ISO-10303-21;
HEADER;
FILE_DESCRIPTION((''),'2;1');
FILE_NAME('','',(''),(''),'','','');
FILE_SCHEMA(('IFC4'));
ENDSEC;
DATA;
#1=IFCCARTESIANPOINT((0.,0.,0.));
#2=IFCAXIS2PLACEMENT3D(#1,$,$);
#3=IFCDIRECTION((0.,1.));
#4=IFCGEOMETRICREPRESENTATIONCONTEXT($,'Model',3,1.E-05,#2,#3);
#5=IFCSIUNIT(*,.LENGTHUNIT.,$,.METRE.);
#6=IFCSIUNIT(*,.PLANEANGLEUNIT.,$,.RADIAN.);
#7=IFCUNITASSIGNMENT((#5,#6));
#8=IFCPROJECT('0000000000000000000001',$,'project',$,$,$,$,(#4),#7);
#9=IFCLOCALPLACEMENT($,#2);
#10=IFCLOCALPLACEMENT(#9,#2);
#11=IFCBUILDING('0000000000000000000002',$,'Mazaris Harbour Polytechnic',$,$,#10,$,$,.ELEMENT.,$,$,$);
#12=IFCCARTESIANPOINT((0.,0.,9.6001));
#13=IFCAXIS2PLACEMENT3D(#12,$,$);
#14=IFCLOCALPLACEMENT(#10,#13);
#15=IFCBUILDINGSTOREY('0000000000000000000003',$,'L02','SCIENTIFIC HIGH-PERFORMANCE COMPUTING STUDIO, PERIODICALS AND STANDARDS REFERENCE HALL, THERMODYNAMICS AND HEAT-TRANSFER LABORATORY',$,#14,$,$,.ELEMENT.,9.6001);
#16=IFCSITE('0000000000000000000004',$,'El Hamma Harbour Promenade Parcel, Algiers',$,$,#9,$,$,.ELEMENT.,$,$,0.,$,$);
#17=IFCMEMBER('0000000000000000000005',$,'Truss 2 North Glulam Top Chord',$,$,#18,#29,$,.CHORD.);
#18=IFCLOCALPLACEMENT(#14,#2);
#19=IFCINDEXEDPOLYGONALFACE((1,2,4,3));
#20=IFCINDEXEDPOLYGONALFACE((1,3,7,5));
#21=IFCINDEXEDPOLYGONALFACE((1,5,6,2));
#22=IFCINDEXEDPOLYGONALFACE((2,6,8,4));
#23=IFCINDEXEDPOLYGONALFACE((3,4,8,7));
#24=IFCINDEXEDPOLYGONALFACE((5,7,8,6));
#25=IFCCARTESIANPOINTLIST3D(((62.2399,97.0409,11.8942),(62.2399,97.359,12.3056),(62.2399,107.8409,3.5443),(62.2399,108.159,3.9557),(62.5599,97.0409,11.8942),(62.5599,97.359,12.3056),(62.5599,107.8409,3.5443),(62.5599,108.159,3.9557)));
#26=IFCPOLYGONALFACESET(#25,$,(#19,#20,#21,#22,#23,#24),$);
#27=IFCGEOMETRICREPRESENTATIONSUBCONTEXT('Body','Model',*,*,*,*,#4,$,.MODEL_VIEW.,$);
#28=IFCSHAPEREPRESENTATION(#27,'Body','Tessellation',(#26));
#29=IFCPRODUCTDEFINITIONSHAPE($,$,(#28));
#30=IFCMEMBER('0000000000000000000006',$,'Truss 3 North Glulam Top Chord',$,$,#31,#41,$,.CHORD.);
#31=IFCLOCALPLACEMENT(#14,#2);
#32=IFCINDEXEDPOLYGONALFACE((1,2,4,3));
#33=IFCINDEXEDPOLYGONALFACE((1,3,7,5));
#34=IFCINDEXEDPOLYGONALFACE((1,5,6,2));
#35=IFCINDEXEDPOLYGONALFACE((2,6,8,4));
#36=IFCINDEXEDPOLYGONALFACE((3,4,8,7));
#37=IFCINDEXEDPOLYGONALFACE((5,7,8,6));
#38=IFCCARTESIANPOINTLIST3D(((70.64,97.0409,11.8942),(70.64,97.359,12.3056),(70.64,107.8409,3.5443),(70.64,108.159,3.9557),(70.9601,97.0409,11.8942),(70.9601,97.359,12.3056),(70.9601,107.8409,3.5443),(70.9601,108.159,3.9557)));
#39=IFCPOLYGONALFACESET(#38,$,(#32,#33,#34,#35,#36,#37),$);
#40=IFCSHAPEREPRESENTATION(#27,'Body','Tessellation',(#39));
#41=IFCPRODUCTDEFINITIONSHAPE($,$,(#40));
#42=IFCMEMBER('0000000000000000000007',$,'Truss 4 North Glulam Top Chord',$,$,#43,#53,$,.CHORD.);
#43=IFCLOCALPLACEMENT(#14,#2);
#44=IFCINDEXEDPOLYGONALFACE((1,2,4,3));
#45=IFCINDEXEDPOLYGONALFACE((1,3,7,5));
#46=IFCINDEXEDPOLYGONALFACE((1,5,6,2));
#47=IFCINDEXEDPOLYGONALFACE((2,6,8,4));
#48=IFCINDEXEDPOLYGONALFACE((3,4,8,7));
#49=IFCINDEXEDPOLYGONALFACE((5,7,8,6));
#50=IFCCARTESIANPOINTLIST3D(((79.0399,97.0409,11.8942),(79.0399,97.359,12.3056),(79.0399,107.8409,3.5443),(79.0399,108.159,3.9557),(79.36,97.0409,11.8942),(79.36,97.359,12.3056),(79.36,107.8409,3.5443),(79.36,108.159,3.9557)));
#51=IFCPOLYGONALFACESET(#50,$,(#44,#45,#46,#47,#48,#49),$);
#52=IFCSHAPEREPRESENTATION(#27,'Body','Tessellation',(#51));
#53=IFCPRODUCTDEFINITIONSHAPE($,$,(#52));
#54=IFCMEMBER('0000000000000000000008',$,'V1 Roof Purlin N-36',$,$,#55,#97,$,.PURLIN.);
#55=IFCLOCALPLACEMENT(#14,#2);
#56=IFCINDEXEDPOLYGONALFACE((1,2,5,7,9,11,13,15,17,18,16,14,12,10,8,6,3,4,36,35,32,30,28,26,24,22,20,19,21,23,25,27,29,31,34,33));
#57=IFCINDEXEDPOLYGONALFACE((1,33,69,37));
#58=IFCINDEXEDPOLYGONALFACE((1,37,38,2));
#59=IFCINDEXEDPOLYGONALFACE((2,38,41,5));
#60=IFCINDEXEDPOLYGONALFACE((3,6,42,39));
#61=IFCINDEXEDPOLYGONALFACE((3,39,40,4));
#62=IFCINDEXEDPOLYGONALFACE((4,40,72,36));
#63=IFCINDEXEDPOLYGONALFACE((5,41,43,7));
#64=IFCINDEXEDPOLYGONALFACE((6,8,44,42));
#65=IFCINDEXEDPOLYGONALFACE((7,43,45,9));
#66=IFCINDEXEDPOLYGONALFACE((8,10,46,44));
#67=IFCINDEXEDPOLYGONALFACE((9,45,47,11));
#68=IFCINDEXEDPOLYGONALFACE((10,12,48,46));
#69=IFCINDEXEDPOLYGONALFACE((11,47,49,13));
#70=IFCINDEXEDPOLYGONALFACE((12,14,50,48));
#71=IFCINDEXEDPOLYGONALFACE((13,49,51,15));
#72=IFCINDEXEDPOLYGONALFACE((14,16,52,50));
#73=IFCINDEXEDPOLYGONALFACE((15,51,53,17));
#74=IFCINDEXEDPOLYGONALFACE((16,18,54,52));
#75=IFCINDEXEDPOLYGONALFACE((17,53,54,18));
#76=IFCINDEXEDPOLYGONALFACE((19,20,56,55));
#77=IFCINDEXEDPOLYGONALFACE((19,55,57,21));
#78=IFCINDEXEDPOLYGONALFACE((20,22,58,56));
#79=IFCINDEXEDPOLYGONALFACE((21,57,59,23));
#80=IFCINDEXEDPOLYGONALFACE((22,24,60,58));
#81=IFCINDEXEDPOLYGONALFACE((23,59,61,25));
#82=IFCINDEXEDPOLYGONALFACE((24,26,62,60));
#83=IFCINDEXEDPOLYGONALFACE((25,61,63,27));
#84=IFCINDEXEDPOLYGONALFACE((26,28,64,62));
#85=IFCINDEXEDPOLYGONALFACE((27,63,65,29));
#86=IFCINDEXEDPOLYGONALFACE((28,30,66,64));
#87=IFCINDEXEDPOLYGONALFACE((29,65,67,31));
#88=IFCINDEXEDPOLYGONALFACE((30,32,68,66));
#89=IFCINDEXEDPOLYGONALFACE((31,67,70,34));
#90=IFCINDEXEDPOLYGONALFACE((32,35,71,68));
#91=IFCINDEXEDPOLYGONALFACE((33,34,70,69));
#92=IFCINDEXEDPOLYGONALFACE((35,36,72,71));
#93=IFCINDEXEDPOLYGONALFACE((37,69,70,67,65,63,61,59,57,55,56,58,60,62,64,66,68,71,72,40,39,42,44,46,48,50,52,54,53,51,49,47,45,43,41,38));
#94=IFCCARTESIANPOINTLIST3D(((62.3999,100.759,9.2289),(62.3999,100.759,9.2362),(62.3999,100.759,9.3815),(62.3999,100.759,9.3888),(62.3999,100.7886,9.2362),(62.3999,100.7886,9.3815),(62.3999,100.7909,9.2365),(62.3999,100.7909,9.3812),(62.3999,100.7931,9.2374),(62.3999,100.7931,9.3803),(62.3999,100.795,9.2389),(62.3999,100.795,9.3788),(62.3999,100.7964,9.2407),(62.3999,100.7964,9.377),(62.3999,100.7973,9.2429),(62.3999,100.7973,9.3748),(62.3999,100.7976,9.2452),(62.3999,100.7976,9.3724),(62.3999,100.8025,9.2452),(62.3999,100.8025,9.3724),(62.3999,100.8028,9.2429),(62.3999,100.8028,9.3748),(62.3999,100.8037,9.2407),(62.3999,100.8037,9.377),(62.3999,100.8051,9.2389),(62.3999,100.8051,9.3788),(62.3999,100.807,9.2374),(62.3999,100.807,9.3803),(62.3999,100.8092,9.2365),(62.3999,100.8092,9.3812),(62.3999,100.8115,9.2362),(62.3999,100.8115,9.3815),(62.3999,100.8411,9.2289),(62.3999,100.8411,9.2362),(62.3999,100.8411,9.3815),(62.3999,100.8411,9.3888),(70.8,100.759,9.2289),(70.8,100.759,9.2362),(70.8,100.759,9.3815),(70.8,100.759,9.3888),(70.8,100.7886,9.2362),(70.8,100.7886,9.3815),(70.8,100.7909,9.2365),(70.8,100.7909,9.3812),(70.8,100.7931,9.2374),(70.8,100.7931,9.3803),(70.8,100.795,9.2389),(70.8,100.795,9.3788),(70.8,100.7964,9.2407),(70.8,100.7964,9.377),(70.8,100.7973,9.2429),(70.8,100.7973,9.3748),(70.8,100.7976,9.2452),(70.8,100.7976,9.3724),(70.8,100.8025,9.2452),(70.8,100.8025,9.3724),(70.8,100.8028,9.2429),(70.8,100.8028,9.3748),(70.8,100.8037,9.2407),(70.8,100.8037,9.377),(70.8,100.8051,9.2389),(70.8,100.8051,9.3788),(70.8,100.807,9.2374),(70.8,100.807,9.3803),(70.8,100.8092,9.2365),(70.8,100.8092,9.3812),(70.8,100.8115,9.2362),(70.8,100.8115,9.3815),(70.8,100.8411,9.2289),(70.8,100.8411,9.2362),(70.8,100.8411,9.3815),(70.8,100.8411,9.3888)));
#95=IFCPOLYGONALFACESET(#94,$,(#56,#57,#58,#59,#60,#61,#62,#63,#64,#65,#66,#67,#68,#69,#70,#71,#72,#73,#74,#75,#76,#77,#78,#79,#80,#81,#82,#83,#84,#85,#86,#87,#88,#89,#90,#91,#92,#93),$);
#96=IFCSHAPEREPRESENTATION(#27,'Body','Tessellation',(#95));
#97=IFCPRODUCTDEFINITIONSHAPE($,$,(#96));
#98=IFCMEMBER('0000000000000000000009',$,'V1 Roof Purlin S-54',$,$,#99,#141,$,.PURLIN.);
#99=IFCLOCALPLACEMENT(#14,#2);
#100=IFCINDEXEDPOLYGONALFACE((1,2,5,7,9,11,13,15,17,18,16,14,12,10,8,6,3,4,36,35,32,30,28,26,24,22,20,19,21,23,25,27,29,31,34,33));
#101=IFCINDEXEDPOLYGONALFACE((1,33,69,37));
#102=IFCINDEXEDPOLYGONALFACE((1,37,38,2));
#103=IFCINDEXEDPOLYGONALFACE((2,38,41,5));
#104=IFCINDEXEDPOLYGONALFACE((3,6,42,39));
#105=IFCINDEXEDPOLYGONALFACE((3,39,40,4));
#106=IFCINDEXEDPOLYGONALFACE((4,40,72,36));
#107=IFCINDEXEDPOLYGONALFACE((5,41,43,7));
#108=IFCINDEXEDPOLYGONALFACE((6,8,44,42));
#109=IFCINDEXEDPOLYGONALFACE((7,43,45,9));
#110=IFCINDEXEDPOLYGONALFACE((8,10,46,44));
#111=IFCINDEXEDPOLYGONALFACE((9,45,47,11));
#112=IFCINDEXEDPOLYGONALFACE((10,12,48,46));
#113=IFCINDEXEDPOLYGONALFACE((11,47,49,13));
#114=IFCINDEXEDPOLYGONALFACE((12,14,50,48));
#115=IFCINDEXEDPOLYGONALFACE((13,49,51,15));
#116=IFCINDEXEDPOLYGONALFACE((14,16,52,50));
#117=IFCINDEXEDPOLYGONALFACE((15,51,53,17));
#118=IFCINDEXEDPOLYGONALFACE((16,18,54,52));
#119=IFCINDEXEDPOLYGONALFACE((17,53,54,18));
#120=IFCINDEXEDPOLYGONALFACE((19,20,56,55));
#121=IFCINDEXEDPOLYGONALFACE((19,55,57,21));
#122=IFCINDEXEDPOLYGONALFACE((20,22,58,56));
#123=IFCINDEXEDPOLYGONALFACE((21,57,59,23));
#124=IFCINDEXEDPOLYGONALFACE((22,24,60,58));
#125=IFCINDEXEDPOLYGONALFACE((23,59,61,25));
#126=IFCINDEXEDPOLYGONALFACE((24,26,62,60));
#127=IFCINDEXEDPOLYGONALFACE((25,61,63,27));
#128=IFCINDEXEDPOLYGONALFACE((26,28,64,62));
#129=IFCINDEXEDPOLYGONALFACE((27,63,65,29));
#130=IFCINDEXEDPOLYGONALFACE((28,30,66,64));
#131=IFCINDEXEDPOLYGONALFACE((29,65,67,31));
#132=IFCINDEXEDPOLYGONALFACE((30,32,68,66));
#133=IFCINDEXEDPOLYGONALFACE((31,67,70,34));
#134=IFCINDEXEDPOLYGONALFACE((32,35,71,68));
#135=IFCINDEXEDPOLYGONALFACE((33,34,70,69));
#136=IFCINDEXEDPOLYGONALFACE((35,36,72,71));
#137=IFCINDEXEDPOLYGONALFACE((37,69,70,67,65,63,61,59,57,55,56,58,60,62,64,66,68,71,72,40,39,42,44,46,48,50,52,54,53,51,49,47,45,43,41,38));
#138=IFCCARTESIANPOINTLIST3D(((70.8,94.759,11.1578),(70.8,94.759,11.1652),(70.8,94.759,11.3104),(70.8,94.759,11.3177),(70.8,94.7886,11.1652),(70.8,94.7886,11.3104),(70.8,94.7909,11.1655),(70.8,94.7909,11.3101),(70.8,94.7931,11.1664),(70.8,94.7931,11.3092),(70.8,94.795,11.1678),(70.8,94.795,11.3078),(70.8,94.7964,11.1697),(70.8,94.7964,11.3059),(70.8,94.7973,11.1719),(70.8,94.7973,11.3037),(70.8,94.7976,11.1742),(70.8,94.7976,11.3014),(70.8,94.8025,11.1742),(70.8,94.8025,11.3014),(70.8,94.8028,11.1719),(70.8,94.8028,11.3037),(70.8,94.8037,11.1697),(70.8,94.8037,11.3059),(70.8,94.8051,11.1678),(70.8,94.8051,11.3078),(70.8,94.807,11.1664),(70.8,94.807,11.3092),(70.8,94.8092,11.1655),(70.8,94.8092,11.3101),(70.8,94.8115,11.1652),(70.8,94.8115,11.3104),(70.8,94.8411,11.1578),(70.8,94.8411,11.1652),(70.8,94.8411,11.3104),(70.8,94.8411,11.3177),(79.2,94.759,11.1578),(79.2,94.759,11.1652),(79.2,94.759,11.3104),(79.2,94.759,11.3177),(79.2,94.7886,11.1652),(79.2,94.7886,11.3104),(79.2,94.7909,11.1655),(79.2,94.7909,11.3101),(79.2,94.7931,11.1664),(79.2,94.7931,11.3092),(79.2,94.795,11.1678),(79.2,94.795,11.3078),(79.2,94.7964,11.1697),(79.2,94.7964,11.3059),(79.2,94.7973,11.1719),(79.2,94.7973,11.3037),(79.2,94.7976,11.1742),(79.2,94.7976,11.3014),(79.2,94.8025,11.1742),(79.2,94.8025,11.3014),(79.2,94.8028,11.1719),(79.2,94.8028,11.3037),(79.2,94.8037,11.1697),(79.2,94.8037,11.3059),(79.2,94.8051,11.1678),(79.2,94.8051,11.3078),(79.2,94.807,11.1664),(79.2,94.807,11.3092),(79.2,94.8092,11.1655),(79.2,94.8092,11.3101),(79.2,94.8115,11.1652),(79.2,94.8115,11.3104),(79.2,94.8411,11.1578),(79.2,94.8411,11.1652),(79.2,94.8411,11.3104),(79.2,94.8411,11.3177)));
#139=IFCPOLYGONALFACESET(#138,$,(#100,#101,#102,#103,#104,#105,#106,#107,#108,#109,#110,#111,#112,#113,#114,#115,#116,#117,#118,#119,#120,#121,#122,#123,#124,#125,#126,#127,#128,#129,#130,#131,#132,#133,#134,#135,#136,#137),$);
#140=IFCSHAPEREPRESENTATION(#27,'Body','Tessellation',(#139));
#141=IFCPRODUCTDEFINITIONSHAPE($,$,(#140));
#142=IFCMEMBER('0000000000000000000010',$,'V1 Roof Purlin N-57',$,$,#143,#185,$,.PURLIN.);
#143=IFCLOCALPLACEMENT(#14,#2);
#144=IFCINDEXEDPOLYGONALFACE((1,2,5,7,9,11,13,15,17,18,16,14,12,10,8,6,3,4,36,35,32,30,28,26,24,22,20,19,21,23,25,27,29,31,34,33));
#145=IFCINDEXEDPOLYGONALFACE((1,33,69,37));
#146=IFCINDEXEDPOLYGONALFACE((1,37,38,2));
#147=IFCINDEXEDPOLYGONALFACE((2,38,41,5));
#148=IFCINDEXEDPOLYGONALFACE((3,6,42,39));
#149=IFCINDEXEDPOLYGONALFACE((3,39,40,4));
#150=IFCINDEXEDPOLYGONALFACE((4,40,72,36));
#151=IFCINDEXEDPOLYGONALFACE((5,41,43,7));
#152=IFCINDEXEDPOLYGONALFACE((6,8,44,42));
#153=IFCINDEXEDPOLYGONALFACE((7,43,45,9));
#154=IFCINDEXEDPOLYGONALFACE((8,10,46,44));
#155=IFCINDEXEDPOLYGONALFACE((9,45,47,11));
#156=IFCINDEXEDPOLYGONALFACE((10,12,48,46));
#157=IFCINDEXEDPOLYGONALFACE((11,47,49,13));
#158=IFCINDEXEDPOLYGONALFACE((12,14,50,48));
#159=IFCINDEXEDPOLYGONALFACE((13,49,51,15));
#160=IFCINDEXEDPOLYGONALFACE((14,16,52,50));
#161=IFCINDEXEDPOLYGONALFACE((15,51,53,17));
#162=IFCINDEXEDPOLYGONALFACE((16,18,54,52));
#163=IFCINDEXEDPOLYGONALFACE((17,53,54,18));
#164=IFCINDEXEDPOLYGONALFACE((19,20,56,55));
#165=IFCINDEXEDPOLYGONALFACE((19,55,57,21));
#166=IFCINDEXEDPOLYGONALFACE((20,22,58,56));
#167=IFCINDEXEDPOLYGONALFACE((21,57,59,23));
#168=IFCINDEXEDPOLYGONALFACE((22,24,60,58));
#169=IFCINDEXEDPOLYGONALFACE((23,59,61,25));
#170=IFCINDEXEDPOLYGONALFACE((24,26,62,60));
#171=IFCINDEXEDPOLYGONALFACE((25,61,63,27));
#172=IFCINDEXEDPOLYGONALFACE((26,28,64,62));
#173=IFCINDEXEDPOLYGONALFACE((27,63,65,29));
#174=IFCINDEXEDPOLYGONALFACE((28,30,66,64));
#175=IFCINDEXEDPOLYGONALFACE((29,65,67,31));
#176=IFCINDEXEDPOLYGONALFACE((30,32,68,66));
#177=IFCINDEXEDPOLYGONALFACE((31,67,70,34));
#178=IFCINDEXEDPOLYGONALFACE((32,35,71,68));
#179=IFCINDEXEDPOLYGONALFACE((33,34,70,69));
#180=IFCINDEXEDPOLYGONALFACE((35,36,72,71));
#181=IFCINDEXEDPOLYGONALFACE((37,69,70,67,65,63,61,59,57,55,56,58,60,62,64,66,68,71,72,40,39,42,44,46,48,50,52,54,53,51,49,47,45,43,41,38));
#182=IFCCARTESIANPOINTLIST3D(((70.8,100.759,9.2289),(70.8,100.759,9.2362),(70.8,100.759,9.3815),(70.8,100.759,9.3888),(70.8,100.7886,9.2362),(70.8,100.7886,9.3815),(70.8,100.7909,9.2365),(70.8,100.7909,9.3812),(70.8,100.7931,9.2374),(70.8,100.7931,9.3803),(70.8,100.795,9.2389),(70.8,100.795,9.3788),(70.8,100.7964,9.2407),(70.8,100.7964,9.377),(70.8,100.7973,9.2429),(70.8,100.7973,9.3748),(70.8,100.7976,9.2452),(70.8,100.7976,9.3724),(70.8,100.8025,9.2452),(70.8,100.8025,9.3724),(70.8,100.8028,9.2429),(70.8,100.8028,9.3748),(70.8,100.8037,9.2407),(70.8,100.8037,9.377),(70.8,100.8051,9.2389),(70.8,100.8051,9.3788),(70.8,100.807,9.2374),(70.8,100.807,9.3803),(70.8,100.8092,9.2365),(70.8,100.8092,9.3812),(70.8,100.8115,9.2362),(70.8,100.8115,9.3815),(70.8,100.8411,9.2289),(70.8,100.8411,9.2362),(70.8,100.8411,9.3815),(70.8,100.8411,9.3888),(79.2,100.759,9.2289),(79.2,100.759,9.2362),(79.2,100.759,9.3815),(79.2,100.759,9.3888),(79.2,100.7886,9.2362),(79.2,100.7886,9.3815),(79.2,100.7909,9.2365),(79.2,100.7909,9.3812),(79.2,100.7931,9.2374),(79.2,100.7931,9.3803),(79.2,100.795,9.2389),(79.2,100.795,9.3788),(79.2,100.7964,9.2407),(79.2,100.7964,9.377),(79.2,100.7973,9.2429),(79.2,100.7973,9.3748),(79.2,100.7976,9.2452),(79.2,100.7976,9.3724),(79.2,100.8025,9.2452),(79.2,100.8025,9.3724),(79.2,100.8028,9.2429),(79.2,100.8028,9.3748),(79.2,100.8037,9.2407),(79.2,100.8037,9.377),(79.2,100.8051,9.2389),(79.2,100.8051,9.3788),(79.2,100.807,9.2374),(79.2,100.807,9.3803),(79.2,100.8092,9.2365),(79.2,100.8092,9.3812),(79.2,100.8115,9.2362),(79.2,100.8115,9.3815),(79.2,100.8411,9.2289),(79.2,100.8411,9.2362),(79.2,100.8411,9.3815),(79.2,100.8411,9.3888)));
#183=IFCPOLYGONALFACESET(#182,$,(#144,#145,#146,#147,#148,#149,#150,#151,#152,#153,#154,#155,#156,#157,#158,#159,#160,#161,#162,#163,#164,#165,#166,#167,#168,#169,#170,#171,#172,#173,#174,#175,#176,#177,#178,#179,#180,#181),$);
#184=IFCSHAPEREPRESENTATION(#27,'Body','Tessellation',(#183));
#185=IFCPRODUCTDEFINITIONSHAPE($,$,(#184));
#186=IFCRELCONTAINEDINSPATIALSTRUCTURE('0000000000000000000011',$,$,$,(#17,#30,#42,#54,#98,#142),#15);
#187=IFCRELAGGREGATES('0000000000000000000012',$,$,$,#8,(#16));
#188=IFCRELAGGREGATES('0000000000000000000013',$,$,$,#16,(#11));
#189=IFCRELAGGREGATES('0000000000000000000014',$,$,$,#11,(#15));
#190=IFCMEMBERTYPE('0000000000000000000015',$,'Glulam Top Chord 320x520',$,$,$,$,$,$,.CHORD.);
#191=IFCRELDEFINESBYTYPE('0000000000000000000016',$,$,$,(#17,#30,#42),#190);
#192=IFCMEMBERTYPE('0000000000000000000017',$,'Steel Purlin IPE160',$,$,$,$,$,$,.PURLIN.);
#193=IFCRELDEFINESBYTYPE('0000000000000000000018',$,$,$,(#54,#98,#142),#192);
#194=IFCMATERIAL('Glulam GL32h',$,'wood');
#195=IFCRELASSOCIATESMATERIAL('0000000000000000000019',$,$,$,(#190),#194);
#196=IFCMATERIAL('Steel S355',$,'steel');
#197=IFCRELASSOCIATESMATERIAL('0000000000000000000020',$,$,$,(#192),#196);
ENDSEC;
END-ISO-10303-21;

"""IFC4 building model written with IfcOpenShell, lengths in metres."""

from ifc_helpers import new_model, si_unit, direction, frame, origin, origin_2d, place, context, subcontext, project, spatial, rectangle, i_section, extrude, material, material_profile, profile_set, type_object, element, save


model = new_model("IFC4")

# Units and contexts
model_context = context("Model", 3, precision=1e-05, world=origin(), true_north=direction((0.0, 1.0)))
body_context = subcontext(model_context, "Body", "Model", "MODEL_VIEW")
ifc_project = project(units=[si_unit("LENGTHUNIT", "METRE"), si_unit("PLANEANGLEUNIT", "RADIAN")], contexts=[model_context])

# Site, building, storey
site_placement = place(None, origin())
site = spatial("IfcSite", under=ifc_project, at=site_placement, Name="El Hamma Harbour Promenade Parcel, Algiers", CompositionType="ELEMENT", RefElevation=0.0)
building_placement = place(site_placement, origin())
building = spatial("IfcBuilding", under=site, at=building_placement, Name="Mazaris Harbour Polytechnic", CompositionType="ELEMENT")
storey_placement = place(building_placement, frame((0.0, 0.0, 9.6001)))
storey = spatial("IfcBuildingStorey", under=building, at=storey_placement, Name="L02", Description="SCIENTIFIC HIGH-PERFORMANCE COMPUTING STUDIO, PERIODICALS AND STANDARDS REFERENCE HALL, THERMODYNAMICS AND HEAT-TRANSFER LABORATORY", CompositionType="ELEMENT", Elevation=9.6001)

# Members
ifc_material_1 = material(Name="Glulam GL32h", Category="wood")
ifc_material_profile_1 = material_profile(ifc_material_1, rectangle(XDim=0.3201, YDim=0.52, at=origin_2d()), Name="RECT320x520")
ifc_profile_set_1 = profile_set([ifc_material_profile_1], Name="Glulam GL32h")
member_type_1 = type_object("IfcMemberType", Name="Glulam Top Chord 320x520", PredefinedType="CHORD", material=ifc_profile_set_1)
for number, where, z_axis, x_axis, name in (
    (1, (62.3999, 97.2, 12.0999), (0.0, 0.79113, -0.611648), (-1.0, 0.0, 0.0), "Truss 2 North Glulam Top Chord"),
    (2, (70.8, 97.2, 12.0999), (0.0, 0.79113, -0.611648), (-1.0, 0.0, 0.0), "Truss 3 North Glulam Top Chord"),
    (3, (79.2, 97.2, 12.0999), (0.0, 0.79113, -0.611648), (-1.0, 0.0, 0.0), "Truss 4 North Glulam Top Chord"),
):
    element("IfcMember", number, at=place(storey_placement, frame(where, z_axis=z_axis, x_axis=x_axis)), inside=storey, type_object=member_type_1, Name=name, PredefinedType="CHORD", context=body_context, shape_type="SweptSolid", body=[
        extrude(rectangle(XDim=0.3201, YDim=0.52, at=origin_2d()), origin(), (0.0, 0.0, 1.0), 13.6514),
    ])
ifc_material_2 = material(Name="Steel S355", Category="steel")
ifc_material_profile_2 = material_profile(ifc_material_2, i_section(OverallWidth=0.082, OverallDepth=0.1599, WebThickness=0.0049, FlangeThickness=0.0073, FilletRadius=0.009, at=origin_2d()), Name="IPE 160")
ifc_profile_set_2 = profile_set([ifc_material_profile_2], Name="Steel S355")
member_type_2 = type_object("IfcMemberType", Name="Steel Purlin IPE160", PredefinedType="PURLIN", material=ifc_profile_set_2)
member_1_placement = place(storey_placement, frame((62.3999, 100.8, 9.3088), z_axis=(1.0, 0.0, 0.0), x_axis=(0.0, 1.0, 0.0)))
element("IfcMember", 4, at=member_1_placement, inside=storey, type_object=member_type_2, Name="V1 Roof Purlin N-36", PredefinedType="PURLIN", context=body_context, shape_type="SweptSolid", body=[
    extrude(i_section(OverallWidth=0.082, OverallDepth=0.1599, WebThickness=0.0049, FlangeThickness=0.0073, FilletRadius=0.009, at=origin_2d()), origin(), (0.0, 0.0, 1.0), 8.4001),
])
for number, where, z_axis, x_axis, name in (
    (5, (70.8, 94.8, 11.2378), (1.0, 0.0, 0.0), (0.0, 1.0, 0.0), "V1 Roof Purlin S-54"),
    (6, (70.8, 100.8, 9.3088), (1.0, 0.0, 0.0), (0.0, 1.0, 0.0), "V1 Roof Purlin N-57"),
):
    element("IfcMember", number, at=place(storey_placement, frame(where, z_axis=z_axis, x_axis=x_axis)), inside=storey, type_object=member_type_2, Name=name, PredefinedType="PURLIN", context=body_context, shape_type="SweptSolid", body=[
        extrude(i_section(OverallWidth=0.082, OverallDepth=0.1599, WebThickness=0.0049, FlangeThickness=0.0073, FilletRadius=0.009, at=origin_2d()), origin(), (0.0, 0.0, 1.0), 8.3999),
    ])

save(model, "model.ifc")
